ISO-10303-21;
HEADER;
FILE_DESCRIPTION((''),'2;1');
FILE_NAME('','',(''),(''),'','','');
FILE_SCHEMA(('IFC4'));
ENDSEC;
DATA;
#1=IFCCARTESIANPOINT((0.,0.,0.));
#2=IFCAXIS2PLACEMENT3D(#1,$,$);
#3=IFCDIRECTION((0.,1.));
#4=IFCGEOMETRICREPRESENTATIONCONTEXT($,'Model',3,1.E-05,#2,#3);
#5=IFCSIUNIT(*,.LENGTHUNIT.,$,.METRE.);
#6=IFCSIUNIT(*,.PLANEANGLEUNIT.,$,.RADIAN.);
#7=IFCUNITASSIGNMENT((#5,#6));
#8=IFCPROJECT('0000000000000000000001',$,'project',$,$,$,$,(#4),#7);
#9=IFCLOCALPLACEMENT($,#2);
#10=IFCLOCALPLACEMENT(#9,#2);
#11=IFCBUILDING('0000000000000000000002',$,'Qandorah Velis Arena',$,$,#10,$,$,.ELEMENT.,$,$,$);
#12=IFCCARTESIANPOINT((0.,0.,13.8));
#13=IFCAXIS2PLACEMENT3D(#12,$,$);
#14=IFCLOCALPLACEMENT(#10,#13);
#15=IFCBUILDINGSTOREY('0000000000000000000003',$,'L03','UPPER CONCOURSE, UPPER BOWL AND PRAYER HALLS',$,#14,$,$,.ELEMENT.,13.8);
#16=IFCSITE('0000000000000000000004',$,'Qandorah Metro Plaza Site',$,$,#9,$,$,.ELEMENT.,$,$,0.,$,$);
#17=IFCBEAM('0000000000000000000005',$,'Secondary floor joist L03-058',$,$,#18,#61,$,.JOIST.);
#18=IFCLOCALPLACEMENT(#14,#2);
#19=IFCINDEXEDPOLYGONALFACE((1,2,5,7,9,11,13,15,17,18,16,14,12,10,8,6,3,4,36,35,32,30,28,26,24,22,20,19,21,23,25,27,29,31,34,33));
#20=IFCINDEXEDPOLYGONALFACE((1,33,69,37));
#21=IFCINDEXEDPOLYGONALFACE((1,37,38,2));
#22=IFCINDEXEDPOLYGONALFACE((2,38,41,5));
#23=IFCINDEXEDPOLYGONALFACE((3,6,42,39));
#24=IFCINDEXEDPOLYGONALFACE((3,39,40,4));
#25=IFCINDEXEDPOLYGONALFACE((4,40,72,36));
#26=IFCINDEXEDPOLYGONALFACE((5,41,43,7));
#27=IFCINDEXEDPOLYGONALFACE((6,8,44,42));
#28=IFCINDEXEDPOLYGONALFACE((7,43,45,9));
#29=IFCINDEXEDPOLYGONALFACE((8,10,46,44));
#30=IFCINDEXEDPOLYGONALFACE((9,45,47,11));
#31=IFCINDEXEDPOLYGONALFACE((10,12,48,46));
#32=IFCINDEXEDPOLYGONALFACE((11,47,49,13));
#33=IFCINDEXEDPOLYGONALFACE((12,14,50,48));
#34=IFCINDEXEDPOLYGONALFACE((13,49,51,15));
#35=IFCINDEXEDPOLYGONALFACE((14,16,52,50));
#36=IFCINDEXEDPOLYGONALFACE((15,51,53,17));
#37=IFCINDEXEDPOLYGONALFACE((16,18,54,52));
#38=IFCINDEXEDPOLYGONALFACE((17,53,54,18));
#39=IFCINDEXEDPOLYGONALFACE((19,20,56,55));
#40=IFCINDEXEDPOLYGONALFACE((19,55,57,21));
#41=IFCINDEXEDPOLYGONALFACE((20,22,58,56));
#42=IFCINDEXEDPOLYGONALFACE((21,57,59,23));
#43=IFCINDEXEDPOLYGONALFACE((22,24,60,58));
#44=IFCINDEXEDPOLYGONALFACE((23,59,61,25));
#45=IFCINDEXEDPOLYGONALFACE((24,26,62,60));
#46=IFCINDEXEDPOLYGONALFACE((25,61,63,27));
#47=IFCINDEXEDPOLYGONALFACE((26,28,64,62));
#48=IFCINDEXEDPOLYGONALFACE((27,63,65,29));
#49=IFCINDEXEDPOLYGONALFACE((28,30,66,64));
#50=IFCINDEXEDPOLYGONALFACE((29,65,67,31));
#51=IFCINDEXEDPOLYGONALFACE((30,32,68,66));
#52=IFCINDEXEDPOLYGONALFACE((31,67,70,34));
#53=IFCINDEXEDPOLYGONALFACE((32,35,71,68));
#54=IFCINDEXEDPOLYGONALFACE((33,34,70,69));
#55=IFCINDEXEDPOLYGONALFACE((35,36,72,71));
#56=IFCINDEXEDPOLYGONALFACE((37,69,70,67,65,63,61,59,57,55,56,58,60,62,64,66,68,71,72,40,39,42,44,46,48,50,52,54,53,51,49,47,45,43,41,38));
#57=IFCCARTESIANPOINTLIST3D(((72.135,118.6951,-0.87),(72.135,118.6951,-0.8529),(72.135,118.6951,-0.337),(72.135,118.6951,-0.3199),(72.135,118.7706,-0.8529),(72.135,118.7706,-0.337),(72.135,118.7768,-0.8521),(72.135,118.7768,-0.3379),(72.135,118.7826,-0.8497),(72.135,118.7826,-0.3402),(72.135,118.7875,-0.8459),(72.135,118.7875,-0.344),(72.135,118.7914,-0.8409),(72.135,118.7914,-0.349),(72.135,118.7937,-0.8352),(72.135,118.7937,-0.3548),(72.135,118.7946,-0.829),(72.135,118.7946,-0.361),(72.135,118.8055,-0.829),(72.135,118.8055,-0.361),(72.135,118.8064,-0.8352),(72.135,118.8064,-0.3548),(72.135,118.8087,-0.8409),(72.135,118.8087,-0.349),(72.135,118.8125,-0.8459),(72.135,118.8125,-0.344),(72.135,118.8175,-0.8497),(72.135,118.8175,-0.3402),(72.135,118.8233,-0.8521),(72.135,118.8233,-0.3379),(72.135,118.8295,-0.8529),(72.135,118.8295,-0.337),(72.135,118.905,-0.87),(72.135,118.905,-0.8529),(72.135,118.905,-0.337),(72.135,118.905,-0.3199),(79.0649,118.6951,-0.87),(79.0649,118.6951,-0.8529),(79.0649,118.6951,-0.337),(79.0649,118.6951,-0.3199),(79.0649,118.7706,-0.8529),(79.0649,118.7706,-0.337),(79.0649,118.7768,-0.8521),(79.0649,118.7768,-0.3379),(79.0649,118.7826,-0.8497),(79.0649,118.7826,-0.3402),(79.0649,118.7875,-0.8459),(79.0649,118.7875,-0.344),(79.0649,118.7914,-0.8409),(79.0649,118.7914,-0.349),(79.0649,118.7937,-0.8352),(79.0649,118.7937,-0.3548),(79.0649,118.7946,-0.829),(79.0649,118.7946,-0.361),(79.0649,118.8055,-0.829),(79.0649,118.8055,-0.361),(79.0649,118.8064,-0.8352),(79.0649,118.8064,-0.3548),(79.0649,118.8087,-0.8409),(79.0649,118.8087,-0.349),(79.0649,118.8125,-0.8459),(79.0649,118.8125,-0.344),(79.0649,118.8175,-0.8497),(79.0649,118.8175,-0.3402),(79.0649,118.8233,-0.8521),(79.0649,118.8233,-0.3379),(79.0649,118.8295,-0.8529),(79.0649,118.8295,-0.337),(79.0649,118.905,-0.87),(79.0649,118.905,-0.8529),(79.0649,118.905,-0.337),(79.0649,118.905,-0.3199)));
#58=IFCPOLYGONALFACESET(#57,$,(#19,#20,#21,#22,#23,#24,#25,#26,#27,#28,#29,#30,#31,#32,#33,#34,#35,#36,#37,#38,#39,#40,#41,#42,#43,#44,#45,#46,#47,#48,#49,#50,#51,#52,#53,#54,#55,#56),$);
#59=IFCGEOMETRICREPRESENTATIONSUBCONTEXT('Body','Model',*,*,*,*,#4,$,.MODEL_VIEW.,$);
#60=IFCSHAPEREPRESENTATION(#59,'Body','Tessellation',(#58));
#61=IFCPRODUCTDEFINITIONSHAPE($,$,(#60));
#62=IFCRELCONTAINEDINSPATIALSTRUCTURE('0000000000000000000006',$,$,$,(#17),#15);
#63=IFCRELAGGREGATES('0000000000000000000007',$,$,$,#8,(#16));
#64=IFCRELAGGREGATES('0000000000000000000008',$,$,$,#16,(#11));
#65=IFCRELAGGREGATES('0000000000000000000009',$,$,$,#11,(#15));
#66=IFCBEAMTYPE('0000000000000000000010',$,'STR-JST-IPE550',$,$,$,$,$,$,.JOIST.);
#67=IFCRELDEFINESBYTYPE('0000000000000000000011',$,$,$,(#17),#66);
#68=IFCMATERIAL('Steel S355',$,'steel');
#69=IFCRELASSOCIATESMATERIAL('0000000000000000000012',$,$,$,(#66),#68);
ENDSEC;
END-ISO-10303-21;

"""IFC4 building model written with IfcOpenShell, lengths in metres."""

from ifc_helpers import new_model, si_unit, direction, frame, origin, origin_2d, place, context, subcontext, project, spatial, i_section, extrude, material, material_profile, profile_set, type_object, element, save


model = new_model("IFC4")

# Units and contexts
model_context = context("Model", 3, precision=1e-05, world=origin(), true_north=direction((0.0, 1.0)))
body_context = subcontext(model_context, "Body", "Model", "MODEL_VIEW")
ifc_project = project(units=[si_unit("LENGTHUNIT", "METRE"), si_unit("PLANEANGLEUNIT", "RADIAN")], contexts=[model_context])

# Site, building, storey
site_placement = place(None, origin())
site = spatial("IfcSite", under=ifc_project, at=site_placement, Name="Qandorah Metro Plaza Site", CompositionType="ELEMENT", RefElevation=0.0)
building_placement = place(site_placement, origin())
building = spatial("IfcBuilding", under=site, at=building_placement, Name="Qandorah Velis Arena", CompositionType="ELEMENT")
storey_placement = place(building_placement, frame((0.0, 0.0, 13.8)))
storey = spatial("IfcBuildingStorey", under=building, at=storey_placement, Name="L03", Description="UPPER CONCOURSE, UPPER BOWL AND PRAYER HALLS", CompositionType="ELEMENT", Elevation=13.8)

# Beam
ifc_material_1 = material(Name="Steel S355", Category="steel")
ifc_material_profile_1 = material_profile(ifc_material_1, i_section(OverallWidth=0.21, OverallDepth=0.55, WebThickness=0.011, FlangeThickness=0.0171, FilletRadius=0.0239, at=origin_2d()), Name="IPE 550")
ifc_profile_set_1 = profile_set([ifc_material_profile_1], Name="Steel S355")
beam_type_1 = type_object("IfcBeamType", Name="STR-JST-IPE550", PredefinedType="JOIST", material=ifc_profile_set_1)
beam_1_placement = place(storey_placement, frame((72.135, 118.8, -0.595), z_axis=(1.0, 0.0, 0.0), x_axis=(0.0, 1.0, 0.0)))
element("IfcBeam", 1, at=beam_1_placement, inside=storey, type_object=beam_type_1, Name="Secondary floor joist L03-058", PredefinedType="JOIST", context=body_context, shape_type="SweptSolid", body=[
    extrude(i_section(OverallWidth=0.21, OverallDepth=0.55, WebThickness=0.011, FlangeThickness=0.0171, FilletRadius=0.0239, at=origin_2d()), origin(), (0.0, 0.0, 1.0), 6.9299),
])

save(model, "model.ifc")
